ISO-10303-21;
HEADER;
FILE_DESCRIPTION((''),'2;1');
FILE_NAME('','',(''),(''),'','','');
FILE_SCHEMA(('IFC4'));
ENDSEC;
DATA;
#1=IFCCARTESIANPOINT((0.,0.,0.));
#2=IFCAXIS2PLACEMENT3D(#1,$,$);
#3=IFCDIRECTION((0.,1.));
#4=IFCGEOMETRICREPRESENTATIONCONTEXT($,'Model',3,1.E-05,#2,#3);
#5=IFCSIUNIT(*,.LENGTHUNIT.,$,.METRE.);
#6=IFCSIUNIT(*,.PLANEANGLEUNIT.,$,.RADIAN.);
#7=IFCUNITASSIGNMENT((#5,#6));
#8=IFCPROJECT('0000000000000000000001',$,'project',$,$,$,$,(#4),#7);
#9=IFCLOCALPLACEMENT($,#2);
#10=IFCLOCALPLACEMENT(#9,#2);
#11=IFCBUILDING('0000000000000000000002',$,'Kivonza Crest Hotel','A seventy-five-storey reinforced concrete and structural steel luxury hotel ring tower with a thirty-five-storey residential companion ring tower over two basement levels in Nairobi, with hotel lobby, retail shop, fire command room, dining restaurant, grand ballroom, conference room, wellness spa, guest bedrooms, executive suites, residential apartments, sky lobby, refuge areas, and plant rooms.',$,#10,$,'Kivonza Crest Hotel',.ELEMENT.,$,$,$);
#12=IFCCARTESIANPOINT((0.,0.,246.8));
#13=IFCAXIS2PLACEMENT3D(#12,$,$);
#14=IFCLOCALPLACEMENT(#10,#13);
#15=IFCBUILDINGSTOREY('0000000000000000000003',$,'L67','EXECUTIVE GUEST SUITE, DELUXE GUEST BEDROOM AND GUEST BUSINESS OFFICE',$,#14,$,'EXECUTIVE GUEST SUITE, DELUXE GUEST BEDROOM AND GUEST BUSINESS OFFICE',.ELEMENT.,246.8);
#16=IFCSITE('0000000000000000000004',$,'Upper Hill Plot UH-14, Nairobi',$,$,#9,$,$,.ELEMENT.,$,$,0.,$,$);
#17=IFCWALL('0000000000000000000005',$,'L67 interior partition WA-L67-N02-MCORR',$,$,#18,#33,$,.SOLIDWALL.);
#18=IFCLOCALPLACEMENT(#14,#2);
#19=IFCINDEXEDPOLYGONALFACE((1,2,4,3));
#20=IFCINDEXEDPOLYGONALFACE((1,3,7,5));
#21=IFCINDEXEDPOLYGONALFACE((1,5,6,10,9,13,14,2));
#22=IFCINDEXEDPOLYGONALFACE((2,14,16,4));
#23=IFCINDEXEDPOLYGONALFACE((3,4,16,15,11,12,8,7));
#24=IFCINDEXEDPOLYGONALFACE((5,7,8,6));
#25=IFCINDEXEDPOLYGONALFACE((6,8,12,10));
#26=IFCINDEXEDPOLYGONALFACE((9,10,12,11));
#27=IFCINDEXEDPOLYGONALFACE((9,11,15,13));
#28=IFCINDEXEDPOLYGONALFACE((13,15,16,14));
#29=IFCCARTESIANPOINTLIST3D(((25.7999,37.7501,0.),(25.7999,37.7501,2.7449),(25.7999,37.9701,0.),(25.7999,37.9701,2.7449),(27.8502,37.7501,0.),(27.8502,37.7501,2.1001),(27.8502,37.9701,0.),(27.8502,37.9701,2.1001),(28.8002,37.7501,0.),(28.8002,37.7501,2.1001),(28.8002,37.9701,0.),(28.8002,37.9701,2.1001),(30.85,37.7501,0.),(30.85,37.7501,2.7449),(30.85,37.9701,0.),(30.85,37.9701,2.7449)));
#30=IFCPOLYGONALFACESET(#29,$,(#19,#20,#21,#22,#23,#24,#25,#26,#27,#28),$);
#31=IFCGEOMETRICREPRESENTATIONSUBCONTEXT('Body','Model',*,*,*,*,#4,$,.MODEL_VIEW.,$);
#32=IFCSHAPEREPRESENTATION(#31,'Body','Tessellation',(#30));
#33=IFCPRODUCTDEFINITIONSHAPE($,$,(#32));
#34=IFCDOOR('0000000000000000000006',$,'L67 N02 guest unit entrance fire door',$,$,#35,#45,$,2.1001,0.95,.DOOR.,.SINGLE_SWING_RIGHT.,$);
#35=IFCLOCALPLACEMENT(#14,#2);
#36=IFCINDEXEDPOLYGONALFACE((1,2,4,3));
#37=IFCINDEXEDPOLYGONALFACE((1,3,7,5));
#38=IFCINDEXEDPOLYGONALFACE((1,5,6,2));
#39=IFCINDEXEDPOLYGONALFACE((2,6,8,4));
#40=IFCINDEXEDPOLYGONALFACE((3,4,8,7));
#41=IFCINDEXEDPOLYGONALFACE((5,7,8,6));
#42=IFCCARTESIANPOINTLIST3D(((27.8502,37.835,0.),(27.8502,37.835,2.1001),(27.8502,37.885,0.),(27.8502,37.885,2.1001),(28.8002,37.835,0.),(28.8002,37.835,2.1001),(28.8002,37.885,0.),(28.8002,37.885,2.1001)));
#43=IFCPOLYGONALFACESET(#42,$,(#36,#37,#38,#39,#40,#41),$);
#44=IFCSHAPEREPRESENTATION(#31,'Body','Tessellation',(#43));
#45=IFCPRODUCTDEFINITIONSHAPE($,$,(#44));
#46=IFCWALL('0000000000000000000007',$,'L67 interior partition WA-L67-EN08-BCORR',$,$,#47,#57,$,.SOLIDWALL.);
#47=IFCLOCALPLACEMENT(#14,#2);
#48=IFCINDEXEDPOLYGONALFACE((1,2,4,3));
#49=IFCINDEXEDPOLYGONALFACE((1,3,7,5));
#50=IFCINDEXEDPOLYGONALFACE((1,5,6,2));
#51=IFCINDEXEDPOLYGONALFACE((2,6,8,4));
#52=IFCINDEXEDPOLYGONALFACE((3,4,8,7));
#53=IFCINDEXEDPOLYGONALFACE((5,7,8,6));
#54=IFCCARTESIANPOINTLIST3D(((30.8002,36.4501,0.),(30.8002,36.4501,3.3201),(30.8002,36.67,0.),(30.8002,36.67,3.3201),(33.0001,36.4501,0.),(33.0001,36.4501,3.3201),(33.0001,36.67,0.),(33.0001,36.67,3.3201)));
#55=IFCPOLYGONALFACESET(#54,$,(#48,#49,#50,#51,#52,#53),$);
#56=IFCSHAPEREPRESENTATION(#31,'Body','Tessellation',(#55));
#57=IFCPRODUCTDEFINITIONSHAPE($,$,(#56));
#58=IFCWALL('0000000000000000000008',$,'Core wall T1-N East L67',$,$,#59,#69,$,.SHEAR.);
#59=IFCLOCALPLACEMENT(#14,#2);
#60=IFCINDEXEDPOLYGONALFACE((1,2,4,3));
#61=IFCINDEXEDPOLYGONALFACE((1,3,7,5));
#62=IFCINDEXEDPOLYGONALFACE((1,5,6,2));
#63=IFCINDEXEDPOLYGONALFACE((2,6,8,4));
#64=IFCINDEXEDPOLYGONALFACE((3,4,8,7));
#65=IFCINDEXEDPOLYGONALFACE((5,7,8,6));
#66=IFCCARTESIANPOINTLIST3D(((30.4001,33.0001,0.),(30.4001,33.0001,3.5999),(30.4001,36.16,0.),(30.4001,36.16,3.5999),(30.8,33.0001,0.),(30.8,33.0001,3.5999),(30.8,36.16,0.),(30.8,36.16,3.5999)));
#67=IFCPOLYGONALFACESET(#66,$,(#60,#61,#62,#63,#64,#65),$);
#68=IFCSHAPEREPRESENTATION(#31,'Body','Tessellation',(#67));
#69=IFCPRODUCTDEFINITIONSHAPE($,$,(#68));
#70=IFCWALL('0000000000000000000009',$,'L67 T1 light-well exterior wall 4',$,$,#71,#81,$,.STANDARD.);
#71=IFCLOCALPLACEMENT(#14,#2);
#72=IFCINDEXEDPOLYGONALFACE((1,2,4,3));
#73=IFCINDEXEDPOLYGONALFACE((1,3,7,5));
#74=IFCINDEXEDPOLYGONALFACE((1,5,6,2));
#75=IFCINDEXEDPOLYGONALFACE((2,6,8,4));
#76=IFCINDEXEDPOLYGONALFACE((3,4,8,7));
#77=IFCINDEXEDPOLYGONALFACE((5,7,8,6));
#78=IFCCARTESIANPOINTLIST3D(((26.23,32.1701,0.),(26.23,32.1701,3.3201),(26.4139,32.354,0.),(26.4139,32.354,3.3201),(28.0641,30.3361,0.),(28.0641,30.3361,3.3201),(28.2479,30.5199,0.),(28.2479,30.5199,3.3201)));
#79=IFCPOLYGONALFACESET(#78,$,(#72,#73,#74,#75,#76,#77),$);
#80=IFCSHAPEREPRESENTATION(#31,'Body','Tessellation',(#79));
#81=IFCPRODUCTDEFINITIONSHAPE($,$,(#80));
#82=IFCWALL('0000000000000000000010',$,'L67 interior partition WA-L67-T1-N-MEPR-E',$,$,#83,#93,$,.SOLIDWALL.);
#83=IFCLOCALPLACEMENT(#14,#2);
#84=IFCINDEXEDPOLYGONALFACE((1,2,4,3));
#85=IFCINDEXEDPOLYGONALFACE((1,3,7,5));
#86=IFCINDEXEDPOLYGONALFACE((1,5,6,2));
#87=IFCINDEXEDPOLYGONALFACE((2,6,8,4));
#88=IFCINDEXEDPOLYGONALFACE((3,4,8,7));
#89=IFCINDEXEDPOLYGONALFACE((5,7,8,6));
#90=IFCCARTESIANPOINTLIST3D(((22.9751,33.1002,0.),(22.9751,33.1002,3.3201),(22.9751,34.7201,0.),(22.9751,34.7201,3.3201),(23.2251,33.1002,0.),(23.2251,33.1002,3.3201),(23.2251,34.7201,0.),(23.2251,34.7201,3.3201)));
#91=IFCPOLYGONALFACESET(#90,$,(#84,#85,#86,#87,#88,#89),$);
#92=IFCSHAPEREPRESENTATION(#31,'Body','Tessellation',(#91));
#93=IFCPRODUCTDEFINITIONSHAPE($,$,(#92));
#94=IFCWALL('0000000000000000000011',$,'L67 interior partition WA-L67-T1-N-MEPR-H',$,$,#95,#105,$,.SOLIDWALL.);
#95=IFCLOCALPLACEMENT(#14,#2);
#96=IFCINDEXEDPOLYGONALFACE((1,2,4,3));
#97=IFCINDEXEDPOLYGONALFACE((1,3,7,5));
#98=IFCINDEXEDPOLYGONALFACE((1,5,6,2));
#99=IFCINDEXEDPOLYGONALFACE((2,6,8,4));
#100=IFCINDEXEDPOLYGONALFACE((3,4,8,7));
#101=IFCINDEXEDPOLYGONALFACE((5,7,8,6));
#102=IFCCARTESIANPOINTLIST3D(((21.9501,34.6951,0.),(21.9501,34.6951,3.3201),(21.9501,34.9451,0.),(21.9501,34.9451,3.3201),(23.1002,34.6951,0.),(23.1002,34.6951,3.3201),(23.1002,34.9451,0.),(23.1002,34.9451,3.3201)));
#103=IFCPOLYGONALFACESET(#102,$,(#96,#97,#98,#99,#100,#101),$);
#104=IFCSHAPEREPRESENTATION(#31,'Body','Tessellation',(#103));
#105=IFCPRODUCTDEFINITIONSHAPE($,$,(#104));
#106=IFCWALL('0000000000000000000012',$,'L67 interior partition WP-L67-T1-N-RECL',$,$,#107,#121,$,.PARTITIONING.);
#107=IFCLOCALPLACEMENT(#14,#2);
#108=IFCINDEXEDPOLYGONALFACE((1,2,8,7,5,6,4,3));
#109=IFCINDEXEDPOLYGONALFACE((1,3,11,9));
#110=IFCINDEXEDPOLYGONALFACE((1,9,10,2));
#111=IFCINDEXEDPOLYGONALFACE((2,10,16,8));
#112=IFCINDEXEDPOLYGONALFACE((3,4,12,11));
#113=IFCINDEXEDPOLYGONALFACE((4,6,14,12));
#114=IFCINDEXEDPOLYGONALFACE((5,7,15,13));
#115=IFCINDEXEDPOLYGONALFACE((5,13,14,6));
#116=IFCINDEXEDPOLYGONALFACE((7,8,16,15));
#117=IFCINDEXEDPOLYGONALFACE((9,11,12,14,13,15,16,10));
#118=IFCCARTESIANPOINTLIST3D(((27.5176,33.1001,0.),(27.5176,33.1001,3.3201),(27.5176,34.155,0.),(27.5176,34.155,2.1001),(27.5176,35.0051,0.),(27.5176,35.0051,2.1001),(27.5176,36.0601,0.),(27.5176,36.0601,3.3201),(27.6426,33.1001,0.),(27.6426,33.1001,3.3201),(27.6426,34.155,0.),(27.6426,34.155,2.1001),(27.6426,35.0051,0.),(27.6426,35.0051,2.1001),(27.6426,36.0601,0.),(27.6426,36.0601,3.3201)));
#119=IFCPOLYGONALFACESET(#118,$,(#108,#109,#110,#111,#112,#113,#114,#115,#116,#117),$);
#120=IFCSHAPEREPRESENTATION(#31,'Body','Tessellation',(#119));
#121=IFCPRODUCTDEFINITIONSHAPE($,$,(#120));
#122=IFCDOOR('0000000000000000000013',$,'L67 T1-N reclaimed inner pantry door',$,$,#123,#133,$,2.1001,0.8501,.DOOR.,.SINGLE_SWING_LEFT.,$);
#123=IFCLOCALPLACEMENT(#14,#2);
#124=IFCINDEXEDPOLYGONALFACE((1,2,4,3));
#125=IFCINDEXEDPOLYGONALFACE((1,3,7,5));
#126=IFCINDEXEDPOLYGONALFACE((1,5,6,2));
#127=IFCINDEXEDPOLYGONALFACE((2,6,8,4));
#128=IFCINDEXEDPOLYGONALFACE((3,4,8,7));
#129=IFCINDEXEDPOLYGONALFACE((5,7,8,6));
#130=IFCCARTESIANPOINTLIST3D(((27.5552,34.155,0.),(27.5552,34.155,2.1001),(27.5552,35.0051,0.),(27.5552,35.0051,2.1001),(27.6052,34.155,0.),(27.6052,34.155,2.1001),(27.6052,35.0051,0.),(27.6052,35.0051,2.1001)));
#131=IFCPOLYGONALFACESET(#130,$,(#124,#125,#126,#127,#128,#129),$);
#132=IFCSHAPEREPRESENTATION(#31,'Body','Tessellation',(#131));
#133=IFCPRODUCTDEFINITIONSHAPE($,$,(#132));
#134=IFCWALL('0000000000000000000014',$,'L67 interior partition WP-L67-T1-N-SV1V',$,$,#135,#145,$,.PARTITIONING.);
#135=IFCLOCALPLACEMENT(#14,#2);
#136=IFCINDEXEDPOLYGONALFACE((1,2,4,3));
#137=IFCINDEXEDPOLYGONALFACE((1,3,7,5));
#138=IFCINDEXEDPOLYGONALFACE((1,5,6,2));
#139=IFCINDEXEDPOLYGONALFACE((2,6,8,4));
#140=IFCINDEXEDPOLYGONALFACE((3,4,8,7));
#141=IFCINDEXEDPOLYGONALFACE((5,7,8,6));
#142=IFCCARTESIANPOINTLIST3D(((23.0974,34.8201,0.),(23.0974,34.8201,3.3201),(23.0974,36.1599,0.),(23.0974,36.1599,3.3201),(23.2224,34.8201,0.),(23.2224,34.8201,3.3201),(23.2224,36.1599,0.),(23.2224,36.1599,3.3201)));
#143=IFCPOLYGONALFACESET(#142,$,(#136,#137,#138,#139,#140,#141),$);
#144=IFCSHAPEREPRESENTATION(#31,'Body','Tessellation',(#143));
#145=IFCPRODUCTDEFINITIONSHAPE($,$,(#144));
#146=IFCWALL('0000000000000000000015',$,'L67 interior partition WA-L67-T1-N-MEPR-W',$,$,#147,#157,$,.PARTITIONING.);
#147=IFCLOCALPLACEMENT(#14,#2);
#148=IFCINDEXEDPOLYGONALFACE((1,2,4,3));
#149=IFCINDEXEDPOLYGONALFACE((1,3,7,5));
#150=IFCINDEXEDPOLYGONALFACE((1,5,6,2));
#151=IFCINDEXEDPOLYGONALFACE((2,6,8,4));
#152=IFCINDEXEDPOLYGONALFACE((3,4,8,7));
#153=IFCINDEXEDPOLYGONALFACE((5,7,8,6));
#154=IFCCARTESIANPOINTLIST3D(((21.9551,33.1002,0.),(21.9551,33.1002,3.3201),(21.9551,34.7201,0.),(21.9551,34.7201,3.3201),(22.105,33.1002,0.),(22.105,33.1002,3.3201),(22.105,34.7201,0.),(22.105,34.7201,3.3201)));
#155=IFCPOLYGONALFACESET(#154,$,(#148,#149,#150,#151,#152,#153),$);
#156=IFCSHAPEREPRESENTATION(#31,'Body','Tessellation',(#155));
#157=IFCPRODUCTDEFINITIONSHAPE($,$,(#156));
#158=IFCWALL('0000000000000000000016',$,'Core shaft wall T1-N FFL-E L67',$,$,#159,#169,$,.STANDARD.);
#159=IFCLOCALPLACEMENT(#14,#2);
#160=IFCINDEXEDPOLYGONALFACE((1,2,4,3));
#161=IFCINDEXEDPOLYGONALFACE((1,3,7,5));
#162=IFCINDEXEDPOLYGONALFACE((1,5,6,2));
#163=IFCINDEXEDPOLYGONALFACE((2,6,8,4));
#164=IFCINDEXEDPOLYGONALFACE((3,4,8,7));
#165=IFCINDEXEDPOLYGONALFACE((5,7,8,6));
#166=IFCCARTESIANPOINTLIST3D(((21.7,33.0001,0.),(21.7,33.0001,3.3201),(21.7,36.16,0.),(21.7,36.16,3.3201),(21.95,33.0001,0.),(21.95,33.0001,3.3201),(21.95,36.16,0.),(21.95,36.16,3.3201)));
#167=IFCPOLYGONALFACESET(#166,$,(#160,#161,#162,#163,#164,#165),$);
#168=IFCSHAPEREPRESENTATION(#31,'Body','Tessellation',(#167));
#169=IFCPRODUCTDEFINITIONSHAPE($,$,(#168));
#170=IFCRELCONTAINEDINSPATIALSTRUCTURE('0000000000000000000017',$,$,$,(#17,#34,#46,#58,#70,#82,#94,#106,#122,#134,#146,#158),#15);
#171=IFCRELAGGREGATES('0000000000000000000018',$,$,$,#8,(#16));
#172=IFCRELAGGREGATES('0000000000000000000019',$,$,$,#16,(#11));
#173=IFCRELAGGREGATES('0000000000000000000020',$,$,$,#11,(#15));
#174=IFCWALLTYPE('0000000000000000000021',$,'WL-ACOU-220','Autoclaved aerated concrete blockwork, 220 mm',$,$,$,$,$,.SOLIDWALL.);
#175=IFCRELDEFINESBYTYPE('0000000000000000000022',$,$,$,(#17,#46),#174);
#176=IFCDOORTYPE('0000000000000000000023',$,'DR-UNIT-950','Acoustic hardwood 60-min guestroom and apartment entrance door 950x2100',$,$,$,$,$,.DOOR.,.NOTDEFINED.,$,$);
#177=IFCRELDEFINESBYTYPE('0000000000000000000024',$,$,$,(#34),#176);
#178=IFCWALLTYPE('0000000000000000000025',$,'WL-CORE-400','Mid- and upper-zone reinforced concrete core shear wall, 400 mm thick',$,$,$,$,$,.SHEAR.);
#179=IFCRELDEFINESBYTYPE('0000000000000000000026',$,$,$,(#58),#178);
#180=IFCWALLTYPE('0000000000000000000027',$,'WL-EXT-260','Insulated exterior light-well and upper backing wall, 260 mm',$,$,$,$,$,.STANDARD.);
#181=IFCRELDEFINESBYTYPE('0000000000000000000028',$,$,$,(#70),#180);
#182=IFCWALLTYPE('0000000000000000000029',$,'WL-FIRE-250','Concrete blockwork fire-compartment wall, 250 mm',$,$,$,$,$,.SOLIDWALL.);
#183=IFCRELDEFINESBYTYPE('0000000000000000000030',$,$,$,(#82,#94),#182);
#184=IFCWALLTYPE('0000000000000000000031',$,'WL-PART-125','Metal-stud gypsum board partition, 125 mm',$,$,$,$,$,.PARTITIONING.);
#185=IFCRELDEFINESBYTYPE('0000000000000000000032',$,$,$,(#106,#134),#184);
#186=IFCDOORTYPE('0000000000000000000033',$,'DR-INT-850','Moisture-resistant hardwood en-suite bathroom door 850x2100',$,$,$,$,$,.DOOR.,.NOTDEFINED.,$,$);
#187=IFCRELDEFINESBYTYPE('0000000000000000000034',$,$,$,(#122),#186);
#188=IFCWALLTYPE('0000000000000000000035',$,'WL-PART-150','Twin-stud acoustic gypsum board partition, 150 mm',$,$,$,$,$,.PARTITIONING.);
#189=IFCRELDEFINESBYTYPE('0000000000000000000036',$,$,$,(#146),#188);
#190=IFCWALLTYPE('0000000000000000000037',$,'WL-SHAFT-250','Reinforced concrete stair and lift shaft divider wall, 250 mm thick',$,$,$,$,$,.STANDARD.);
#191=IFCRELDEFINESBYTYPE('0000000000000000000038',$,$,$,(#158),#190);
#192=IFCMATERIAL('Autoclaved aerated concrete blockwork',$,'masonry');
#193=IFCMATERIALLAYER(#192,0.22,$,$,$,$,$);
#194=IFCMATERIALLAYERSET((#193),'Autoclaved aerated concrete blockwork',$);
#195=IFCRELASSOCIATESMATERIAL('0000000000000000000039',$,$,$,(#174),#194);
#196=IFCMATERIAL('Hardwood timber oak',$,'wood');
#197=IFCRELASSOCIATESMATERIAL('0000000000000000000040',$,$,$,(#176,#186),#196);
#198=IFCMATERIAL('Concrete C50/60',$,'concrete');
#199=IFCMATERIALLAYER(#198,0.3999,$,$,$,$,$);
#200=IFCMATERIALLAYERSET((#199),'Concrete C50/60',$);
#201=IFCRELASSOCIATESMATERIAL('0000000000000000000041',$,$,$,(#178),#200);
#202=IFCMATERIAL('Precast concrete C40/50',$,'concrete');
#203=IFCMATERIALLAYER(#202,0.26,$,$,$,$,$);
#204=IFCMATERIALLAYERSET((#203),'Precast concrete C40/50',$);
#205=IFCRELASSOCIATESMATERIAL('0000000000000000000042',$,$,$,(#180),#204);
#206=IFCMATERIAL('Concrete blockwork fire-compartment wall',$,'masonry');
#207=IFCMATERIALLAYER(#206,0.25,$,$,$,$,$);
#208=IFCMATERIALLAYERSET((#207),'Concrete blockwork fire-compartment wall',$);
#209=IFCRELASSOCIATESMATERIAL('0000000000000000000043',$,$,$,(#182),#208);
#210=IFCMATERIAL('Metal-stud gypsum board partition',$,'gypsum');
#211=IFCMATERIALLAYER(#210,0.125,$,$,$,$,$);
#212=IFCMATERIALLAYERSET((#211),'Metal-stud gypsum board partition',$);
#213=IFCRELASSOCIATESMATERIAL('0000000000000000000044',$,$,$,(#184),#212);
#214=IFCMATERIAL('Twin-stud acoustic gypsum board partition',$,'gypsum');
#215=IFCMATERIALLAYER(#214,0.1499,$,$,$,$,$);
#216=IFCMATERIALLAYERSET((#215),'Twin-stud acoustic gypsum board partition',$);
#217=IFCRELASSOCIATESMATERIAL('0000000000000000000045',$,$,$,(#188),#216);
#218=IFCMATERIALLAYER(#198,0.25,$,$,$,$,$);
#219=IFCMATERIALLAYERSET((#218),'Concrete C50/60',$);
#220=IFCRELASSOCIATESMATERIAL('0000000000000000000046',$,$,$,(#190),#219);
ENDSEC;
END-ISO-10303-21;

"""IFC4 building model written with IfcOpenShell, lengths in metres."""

from ifc_helpers import new_model, si_unit, direction, frame, frame_2d, origin, place, context, subcontext, project, spatial, rectangle, extrude, material, layer, layer_set, type_object, element, fill, save


model = new_model("IFC4")

# Units and contexts
model_context = context("Model", 3, precision=1e-05, world=origin(), true_north=direction((0.0, 1.0)))
body_context = subcontext(model_context, "Body", "Model", "MODEL_VIEW")
ifc_project = project(units=[si_unit("LENGTHUNIT", "METRE"), si_unit("PLANEANGLEUNIT", "RADIAN")], contexts=[model_context])

# Site, building, storey
site_placement = place(None, origin())
site = spatial("IfcSite", under=ifc_project, at=site_placement, Name="Upper Hill Plot UH-14, Nairobi", CompositionType="ELEMENT", RefElevation=0.0)
building_placement = place(site_placement, origin())
building = spatial("IfcBuilding", under=site, at=building_placement, Name="Kivonza Crest Hotel", Description="A seventy-five-storey reinforced concrete and structural steel luxury hotel ring tower with a thirty-five-storey residential companion ring tower over two basement levels in Nairobi, with hotel lobby, retail shop, fire command room, dining restaurant, grand ballroom, conference room, wellness spa, guest bedrooms, executive suites, residential apartments, sky lobby, refuge areas, and plant rooms.", LongName="Kivonza Crest Hotel", CompositionType="ELEMENT")
storey_placement = place(building_placement, frame((0.0, 0.0, 246.8)))
storey = spatial("IfcBuildingStorey", under=building, at=storey_placement, Name="L67", Description="EXECUTIVE GUEST SUITE, DELUXE GUEST BEDROOM AND GUEST BUSINESS OFFICE", LongName="EXECUTIVE GUEST SUITE, DELUXE GUEST BEDROOM AND GUEST BUSINESS OFFICE", CompositionType="ELEMENT", Elevation=246.8)

# Shared definitions
ifc_material_1 = material(Name="Concrete C50/60", Category="concrete")

# Wall, opening, door
ifc_material_2 = material(Name="Autoclaved aerated concrete blockwork", Category="masonry")
ifc_layer_1 = layer(ifc_material_2, 0.22)
ifc_layer_set_1 = layer_set([ifc_layer_1], Name="Autoclaved aerated concrete blockwork")
wall_type_1 = type_object("IfcWallType", Name="WL-ACOU-220", Description="Autoclaved aerated concrete blockwork, 220 mm", PredefinedType="SOLIDWALL", material=ifc_layer_set_1)
ifc_material_3 = material(Name="Hardwood timber oak", Category="wood")
wall_1_placement = place(storey_placement, frame((25.8, 37.8601, 0.0), z_axis=(0.0, 0.0, 1.0), x_axis=(1.0, 0.0, 0.0)))
wall_1 = element("IfcWall", 1, at=wall_1_placement, inside=storey, type_object=wall_type_1, Name="L67 interior partition WA-L67-N02-MCORR", PredefinedType="SOLIDWALL", context=body_context, shape_type="SweptSolid", body=[
    extrude(rectangle(XDim=5.05, YDim=0.22, at=frame_2d((2.5249, 0.0))), origin(), (0.0, 0.0, 1.0), 2.7449),
])
opening_1_placement = place(wall_1_placement, frame((2.05, 0.0, 0.0)))
opening_1 = element("IfcOpeningElement", 2, at=opening_1_placement, cuts=wall_1, PredefinedType="OPENING", context=body_context, shape_type="SweptSolid", body=[
    extrude(rectangle(XDim=0.95, YDim=2.1001, at=frame_2d((0.4751, 1.05))), frame((0.0, 0.1201, 0.0), z_axis=(0.0, -1.0, 0.0), x_axis=(1.0, 0.0, 0.0)), (0.0, 0.0, 1.0), 0.24),
])
door_type_1 = type_object("IfcDoorType", Name="DR-UNIT-950", Description="Acoustic hardwood 60-min guestroom and apartment entrance door 950x2100", OperationType="NOTDEFINED", PredefinedType="DOOR", material=ifc_material_3)
door_1_placement = place(opening_1_placement, origin())
door_1 = element("IfcDoor", 3, at=door_1_placement, inside=storey, type_object=door_type_1, Name="L67 N02 guest unit entrance fire door", OperationType="SINGLE_SWING_RIGHT", OverallHeight=2.1001, OverallWidth=0.95, PredefinedType="DOOR", context=body_context, shape_type="SweptSolid", body=[
    extrude(rectangle(XDim=0.95, YDim=2.1001, at=frame_2d((0.4751, 1.05))), frame((0.0, 0.0249, 0.0), z_axis=(0.0, -1.0, 0.0), x_axis=(1.0, 0.0, 0.0)), (0.0, 0.0, 1.0), 0.05),
])
fill(opening_1, door_1)

# Walls
wall_2_placement = place(storey_placement, frame((30.8, 36.5601, 0.0), z_axis=(0.0, 0.0, 1.0), x_axis=(1.0, 0.0, 0.0)))
element("IfcWall", 4, at=wall_2_placement, inside=storey, type_object=wall_type_1, Name="L67 interior partition WA-L67-EN08-BCORR", PredefinedType="SOLIDWALL", context=body_context, shape_type="SweptSolid", body=[
    extrude(rectangle(XDim=2.2, YDim=0.22, at=frame_2d((1.1001, 0.0))), origin(), (0.0, 0.0, 1.0), 3.3201),
])
ifc_layer_2 = layer(ifc_material_1, 0.3999)
ifc_layer_set_2 = layer_set([ifc_layer_2], Name="Concrete C50/60")
wall_type_2 = type_object("IfcWallType", Name="WL-CORE-400", Description="Mid- and upper-zone reinforced concrete core shear wall, 400 mm thick", PredefinedType="SHEAR", material=ifc_layer_set_2)
wall_3_placement = place(storey_placement, frame((30.6001, 33.0, 0.0), z_axis=(0.0, 0.0, 1.0), x_axis=(0.0, 1.0, 0.0)))
element("IfcWall", 5, at=wall_3_placement, inside=storey, type_object=wall_type_2, Name="Core wall T1-N East L67", PredefinedType="SHEAR", context=body_context, shape_type="SweptSolid", body=[
    extrude(rectangle(XDim=3.1599, YDim=0.3999, at=frame_2d((1.5801, 0.0))), origin(), (0.0, 0.0, 1.0), 3.5999),
])
ifc_material_4 = material(Name="Precast concrete C40/50", Category="concrete")
ifc_layer_3 = layer(ifc_material_4, 0.26)
ifc_layer_set_3 = layer_set([ifc_layer_3], Name="Precast concrete C40/50")
wall_type_3 = type_object("IfcWallType", Name="WL-EXT-260", Description="Insulated exterior light-well and upper backing wall, 260 mm", PredefinedType="STANDARD", material=ifc_layer_set_3)
wall_4_placement = place(storey_placement, frame((28.156, 30.428, 0.0), z_axis=(0.0, 0.0, 1.0), x_axis=(-0.707107, 0.707107, 0.0)))
element("IfcWall", 6, at=wall_4_placement, inside=storey, type_object=wall_type_3, Name="L67 T1 light-well exterior wall 4", PredefinedType="STANDARD", context=body_context, shape_type="SweptSolid", body=[
    extrude(rectangle(XDim=2.5938, YDim=0.26, at=frame_2d((1.2969, 0.0))), origin(), (0.0, 0.0, 1.0), 3.3201),
])
ifc_material_5 = material(Name="Concrete blockwork fire-compartment wall", Category="masonry")
ifc_layer_4 = layer(ifc_material_5, 0.25)
ifc_layer_set_4 = layer_set([ifc_layer_4], Name="Concrete blockwork fire-compartment wall")
wall_type_4 = type_object("IfcWallType", Name="WL-FIRE-250", Description="Concrete blockwork fire-compartment wall, 250 mm", PredefinedType="SOLIDWALL", material=ifc_layer_set_4)
wall_5_placement = place(storey_placement, frame((23.1001, 33.1001, 0.0), z_axis=(0.0, 0.0, 1.0), x_axis=(0.0, 1.0, 0.0)))
element("IfcWall", 7, at=wall_5_placement, inside=storey, type_object=wall_type_4, Name="L67 interior partition WA-L67-T1-N-MEPR-E", PredefinedType="SOLIDWALL", context=body_context, shape_type="SweptSolid", body=[
    extrude(rectangle(XDim=1.6199, YDim=0.25, at=frame_2d((0.8101, 0.0))), origin(), (0.0, 0.0, 1.0), 3.3201),
])
wall_6_placement = place(storey_placement, frame((21.95, 34.8201, 0.0), z_axis=(0.0, 0.0, 1.0), x_axis=(1.0, 0.0, 0.0)))
element("IfcWall", 8, at=wall_6_placement, inside=storey, type_object=wall_type_4, Name="L67 interior partition WA-L67-T1-N-MEPR-H", PredefinedType="SOLIDWALL", context=body_context, shape_type="SweptSolid", body=[
    extrude(rectangle(XDim=1.1501, YDim=0.25, at=frame_2d((0.5752, 0.0))), origin(), (0.0, 0.0, 1.0), 3.3201),
])

# Wall, opening, door
ifc_material_6 = material(Name="Metal-stud gypsum board partition", Category="gypsum")
ifc_layer_5 = layer(ifc_material_6, 0.125)
ifc_layer_set_5 = layer_set([ifc_layer_5], Name="Metal-stud gypsum board partition")
wall_type_5 = type_object("IfcWallType", Name="WL-PART-125", Description="Metal-stud gypsum board partition, 125 mm", PredefinedType="PARTITIONING", material=ifc_layer_set_5)
wall_7_placement = place(storey_placement, frame((27.5801, 33.1001, 0.0), z_axis=(0.0, 0.0, 1.0), x_axis=(0.0, 1.0, 0.0)))
wall_7 = element("IfcWall", 9, at=wall_7_placement, inside=storey, type_object=wall_type_5, Name="L67 interior partition WP-L67-T1-N-RECL", PredefinedType="PARTITIONING", context=body_context, shape_type="SweptSolid", body=[
    extrude(rectangle(XDim=2.96, YDim=0.125, at=frame_2d((1.48, 0.0))), origin(), (0.0, 0.0, 1.0), 3.3201),
])
opening_2_placement = place(wall_7_placement, frame((1.0549, 0.0, 0.0)))
opening_2 = element("IfcOpeningElement", 10, at=opening_2_placement, cuts=wall_7, PredefinedType="OPENING", context=body_context, shape_type="SweptSolid", body=[
    extrude(rectangle(XDim=0.8501, YDim=2.1001, at=frame_2d((0.425, 1.05))), frame((0.0, 0.0725, 0.0), z_axis=(0.0, -1.0, 0.0), x_axis=(1.0, 0.0, 0.0)), (0.0, 0.0, 1.0), 0.145),
])
door_type_2 = type_object("IfcDoorType", Name="DR-INT-850", Description="Moisture-resistant hardwood en-suite bathroom door 850x2100", OperationType="NOTDEFINED", PredefinedType="DOOR", material=ifc_material_3)
door_2_placement = place(opening_2_placement, origin())
door_2 = element("IfcDoor", 11, at=door_2_placement, inside=storey, type_object=door_type_2, Name="L67 T1-N reclaimed inner pantry door", OperationType="SINGLE_SWING_LEFT", OverallHeight=2.1001, OverallWidth=0.8501, PredefinedType="DOOR", context=body_context, shape_type="SweptSolid", body=[
    extrude(rectangle(XDim=0.8501, YDim=2.1001, at=frame_2d((0.425, 1.05))), frame((0.0, 0.0249, 0.0), z_axis=(0.0, -1.0, 0.0), x_axis=(1.0, 0.0, 0.0)), (0.0, 0.0, 1.0), 0.05),
])
fill(opening_2, door_2)

# Walls
wall_8_placement = place(storey_placement, frame((23.1599, 34.8201, 0.0), z_axis=(0.0, 0.0, 1.0), x_axis=(0.0, 1.0, 0.0)))
element("IfcWall", 12, at=wall_8_placement, inside=storey, type_object=wall_type_5, Name="L67 interior partition WP-L67-T1-N-SV1V", PredefinedType="PARTITIONING", context=body_context, shape_type="SweptSolid", body=[
    extrude(rectangle(XDim=1.3398, YDim=0.125, at=frame_2d((0.6699, 0.0))), origin(), (0.0, 0.0, 1.0), 3.3201),
])
ifc_material_7 = material(Name="Twin-stud acoustic gypsum board partition", Category="gypsum")
ifc_layer_6 = layer(ifc_material_7, 0.1499)
ifc_layer_set_6 = layer_set([ifc_layer_6], Name="Twin-stud acoustic gypsum board partition")
wall_type_6 = type_object("IfcWallType", Name="WL-PART-150", Description="Twin-stud acoustic gypsum board partition, 150 mm", PredefinedType="PARTITIONING", material=ifc_layer_set_6)
wall_9_placement = place(storey_placement, frame((22.03, 33.1001, 0.0), z_axis=(0.0, 0.0, 1.0), x_axis=(0.0, 1.0, 0.0)))
element("IfcWall", 13, at=wall_9_placement, inside=storey, type_object=wall_type_6, Name="L67 interior partition WA-L67-T1-N-MEPR-W", PredefinedType="PARTITIONING", context=body_context, shape_type="SweptSolid", body=[
    extrude(rectangle(XDim=1.6199, YDim=0.1499, at=frame_2d((0.8101, 0.0))), origin(), (0.0, 0.0, 1.0), 3.3201),
])
ifc_layer_7 = layer(ifc_material_1, 0.25)
ifc_layer_set_7 = layer_set([ifc_layer_7], Name="Concrete C50/60")
wall_type_7 = type_object("IfcWallType", Name="WL-SHAFT-250", Description="Reinforced concrete stair and lift shaft divider wall, 250 mm thick", PredefinedType="STANDARD", material=ifc_layer_set_7)
wall_10_placement = place(storey_placement, frame((21.825, 33.0, 0.0), z_axis=(0.0, 0.0, 1.0), x_axis=(0.0, 1.0, 0.0)))
element("IfcWall", 14, at=wall_10_placement, inside=storey, type_object=wall_type_7, Name="Core shaft wall T1-N FFL-E L67", PredefinedType="STANDARD", context=body_context, shape_type="SweptSolid", body=[
    extrude(rectangle(XDim=3.1599, YDim=0.25, at=frame_2d((1.5801, 0.0))), origin(), (0.0, 0.0, 1.0), 3.3201),
])

save(model, "model.ifc")
